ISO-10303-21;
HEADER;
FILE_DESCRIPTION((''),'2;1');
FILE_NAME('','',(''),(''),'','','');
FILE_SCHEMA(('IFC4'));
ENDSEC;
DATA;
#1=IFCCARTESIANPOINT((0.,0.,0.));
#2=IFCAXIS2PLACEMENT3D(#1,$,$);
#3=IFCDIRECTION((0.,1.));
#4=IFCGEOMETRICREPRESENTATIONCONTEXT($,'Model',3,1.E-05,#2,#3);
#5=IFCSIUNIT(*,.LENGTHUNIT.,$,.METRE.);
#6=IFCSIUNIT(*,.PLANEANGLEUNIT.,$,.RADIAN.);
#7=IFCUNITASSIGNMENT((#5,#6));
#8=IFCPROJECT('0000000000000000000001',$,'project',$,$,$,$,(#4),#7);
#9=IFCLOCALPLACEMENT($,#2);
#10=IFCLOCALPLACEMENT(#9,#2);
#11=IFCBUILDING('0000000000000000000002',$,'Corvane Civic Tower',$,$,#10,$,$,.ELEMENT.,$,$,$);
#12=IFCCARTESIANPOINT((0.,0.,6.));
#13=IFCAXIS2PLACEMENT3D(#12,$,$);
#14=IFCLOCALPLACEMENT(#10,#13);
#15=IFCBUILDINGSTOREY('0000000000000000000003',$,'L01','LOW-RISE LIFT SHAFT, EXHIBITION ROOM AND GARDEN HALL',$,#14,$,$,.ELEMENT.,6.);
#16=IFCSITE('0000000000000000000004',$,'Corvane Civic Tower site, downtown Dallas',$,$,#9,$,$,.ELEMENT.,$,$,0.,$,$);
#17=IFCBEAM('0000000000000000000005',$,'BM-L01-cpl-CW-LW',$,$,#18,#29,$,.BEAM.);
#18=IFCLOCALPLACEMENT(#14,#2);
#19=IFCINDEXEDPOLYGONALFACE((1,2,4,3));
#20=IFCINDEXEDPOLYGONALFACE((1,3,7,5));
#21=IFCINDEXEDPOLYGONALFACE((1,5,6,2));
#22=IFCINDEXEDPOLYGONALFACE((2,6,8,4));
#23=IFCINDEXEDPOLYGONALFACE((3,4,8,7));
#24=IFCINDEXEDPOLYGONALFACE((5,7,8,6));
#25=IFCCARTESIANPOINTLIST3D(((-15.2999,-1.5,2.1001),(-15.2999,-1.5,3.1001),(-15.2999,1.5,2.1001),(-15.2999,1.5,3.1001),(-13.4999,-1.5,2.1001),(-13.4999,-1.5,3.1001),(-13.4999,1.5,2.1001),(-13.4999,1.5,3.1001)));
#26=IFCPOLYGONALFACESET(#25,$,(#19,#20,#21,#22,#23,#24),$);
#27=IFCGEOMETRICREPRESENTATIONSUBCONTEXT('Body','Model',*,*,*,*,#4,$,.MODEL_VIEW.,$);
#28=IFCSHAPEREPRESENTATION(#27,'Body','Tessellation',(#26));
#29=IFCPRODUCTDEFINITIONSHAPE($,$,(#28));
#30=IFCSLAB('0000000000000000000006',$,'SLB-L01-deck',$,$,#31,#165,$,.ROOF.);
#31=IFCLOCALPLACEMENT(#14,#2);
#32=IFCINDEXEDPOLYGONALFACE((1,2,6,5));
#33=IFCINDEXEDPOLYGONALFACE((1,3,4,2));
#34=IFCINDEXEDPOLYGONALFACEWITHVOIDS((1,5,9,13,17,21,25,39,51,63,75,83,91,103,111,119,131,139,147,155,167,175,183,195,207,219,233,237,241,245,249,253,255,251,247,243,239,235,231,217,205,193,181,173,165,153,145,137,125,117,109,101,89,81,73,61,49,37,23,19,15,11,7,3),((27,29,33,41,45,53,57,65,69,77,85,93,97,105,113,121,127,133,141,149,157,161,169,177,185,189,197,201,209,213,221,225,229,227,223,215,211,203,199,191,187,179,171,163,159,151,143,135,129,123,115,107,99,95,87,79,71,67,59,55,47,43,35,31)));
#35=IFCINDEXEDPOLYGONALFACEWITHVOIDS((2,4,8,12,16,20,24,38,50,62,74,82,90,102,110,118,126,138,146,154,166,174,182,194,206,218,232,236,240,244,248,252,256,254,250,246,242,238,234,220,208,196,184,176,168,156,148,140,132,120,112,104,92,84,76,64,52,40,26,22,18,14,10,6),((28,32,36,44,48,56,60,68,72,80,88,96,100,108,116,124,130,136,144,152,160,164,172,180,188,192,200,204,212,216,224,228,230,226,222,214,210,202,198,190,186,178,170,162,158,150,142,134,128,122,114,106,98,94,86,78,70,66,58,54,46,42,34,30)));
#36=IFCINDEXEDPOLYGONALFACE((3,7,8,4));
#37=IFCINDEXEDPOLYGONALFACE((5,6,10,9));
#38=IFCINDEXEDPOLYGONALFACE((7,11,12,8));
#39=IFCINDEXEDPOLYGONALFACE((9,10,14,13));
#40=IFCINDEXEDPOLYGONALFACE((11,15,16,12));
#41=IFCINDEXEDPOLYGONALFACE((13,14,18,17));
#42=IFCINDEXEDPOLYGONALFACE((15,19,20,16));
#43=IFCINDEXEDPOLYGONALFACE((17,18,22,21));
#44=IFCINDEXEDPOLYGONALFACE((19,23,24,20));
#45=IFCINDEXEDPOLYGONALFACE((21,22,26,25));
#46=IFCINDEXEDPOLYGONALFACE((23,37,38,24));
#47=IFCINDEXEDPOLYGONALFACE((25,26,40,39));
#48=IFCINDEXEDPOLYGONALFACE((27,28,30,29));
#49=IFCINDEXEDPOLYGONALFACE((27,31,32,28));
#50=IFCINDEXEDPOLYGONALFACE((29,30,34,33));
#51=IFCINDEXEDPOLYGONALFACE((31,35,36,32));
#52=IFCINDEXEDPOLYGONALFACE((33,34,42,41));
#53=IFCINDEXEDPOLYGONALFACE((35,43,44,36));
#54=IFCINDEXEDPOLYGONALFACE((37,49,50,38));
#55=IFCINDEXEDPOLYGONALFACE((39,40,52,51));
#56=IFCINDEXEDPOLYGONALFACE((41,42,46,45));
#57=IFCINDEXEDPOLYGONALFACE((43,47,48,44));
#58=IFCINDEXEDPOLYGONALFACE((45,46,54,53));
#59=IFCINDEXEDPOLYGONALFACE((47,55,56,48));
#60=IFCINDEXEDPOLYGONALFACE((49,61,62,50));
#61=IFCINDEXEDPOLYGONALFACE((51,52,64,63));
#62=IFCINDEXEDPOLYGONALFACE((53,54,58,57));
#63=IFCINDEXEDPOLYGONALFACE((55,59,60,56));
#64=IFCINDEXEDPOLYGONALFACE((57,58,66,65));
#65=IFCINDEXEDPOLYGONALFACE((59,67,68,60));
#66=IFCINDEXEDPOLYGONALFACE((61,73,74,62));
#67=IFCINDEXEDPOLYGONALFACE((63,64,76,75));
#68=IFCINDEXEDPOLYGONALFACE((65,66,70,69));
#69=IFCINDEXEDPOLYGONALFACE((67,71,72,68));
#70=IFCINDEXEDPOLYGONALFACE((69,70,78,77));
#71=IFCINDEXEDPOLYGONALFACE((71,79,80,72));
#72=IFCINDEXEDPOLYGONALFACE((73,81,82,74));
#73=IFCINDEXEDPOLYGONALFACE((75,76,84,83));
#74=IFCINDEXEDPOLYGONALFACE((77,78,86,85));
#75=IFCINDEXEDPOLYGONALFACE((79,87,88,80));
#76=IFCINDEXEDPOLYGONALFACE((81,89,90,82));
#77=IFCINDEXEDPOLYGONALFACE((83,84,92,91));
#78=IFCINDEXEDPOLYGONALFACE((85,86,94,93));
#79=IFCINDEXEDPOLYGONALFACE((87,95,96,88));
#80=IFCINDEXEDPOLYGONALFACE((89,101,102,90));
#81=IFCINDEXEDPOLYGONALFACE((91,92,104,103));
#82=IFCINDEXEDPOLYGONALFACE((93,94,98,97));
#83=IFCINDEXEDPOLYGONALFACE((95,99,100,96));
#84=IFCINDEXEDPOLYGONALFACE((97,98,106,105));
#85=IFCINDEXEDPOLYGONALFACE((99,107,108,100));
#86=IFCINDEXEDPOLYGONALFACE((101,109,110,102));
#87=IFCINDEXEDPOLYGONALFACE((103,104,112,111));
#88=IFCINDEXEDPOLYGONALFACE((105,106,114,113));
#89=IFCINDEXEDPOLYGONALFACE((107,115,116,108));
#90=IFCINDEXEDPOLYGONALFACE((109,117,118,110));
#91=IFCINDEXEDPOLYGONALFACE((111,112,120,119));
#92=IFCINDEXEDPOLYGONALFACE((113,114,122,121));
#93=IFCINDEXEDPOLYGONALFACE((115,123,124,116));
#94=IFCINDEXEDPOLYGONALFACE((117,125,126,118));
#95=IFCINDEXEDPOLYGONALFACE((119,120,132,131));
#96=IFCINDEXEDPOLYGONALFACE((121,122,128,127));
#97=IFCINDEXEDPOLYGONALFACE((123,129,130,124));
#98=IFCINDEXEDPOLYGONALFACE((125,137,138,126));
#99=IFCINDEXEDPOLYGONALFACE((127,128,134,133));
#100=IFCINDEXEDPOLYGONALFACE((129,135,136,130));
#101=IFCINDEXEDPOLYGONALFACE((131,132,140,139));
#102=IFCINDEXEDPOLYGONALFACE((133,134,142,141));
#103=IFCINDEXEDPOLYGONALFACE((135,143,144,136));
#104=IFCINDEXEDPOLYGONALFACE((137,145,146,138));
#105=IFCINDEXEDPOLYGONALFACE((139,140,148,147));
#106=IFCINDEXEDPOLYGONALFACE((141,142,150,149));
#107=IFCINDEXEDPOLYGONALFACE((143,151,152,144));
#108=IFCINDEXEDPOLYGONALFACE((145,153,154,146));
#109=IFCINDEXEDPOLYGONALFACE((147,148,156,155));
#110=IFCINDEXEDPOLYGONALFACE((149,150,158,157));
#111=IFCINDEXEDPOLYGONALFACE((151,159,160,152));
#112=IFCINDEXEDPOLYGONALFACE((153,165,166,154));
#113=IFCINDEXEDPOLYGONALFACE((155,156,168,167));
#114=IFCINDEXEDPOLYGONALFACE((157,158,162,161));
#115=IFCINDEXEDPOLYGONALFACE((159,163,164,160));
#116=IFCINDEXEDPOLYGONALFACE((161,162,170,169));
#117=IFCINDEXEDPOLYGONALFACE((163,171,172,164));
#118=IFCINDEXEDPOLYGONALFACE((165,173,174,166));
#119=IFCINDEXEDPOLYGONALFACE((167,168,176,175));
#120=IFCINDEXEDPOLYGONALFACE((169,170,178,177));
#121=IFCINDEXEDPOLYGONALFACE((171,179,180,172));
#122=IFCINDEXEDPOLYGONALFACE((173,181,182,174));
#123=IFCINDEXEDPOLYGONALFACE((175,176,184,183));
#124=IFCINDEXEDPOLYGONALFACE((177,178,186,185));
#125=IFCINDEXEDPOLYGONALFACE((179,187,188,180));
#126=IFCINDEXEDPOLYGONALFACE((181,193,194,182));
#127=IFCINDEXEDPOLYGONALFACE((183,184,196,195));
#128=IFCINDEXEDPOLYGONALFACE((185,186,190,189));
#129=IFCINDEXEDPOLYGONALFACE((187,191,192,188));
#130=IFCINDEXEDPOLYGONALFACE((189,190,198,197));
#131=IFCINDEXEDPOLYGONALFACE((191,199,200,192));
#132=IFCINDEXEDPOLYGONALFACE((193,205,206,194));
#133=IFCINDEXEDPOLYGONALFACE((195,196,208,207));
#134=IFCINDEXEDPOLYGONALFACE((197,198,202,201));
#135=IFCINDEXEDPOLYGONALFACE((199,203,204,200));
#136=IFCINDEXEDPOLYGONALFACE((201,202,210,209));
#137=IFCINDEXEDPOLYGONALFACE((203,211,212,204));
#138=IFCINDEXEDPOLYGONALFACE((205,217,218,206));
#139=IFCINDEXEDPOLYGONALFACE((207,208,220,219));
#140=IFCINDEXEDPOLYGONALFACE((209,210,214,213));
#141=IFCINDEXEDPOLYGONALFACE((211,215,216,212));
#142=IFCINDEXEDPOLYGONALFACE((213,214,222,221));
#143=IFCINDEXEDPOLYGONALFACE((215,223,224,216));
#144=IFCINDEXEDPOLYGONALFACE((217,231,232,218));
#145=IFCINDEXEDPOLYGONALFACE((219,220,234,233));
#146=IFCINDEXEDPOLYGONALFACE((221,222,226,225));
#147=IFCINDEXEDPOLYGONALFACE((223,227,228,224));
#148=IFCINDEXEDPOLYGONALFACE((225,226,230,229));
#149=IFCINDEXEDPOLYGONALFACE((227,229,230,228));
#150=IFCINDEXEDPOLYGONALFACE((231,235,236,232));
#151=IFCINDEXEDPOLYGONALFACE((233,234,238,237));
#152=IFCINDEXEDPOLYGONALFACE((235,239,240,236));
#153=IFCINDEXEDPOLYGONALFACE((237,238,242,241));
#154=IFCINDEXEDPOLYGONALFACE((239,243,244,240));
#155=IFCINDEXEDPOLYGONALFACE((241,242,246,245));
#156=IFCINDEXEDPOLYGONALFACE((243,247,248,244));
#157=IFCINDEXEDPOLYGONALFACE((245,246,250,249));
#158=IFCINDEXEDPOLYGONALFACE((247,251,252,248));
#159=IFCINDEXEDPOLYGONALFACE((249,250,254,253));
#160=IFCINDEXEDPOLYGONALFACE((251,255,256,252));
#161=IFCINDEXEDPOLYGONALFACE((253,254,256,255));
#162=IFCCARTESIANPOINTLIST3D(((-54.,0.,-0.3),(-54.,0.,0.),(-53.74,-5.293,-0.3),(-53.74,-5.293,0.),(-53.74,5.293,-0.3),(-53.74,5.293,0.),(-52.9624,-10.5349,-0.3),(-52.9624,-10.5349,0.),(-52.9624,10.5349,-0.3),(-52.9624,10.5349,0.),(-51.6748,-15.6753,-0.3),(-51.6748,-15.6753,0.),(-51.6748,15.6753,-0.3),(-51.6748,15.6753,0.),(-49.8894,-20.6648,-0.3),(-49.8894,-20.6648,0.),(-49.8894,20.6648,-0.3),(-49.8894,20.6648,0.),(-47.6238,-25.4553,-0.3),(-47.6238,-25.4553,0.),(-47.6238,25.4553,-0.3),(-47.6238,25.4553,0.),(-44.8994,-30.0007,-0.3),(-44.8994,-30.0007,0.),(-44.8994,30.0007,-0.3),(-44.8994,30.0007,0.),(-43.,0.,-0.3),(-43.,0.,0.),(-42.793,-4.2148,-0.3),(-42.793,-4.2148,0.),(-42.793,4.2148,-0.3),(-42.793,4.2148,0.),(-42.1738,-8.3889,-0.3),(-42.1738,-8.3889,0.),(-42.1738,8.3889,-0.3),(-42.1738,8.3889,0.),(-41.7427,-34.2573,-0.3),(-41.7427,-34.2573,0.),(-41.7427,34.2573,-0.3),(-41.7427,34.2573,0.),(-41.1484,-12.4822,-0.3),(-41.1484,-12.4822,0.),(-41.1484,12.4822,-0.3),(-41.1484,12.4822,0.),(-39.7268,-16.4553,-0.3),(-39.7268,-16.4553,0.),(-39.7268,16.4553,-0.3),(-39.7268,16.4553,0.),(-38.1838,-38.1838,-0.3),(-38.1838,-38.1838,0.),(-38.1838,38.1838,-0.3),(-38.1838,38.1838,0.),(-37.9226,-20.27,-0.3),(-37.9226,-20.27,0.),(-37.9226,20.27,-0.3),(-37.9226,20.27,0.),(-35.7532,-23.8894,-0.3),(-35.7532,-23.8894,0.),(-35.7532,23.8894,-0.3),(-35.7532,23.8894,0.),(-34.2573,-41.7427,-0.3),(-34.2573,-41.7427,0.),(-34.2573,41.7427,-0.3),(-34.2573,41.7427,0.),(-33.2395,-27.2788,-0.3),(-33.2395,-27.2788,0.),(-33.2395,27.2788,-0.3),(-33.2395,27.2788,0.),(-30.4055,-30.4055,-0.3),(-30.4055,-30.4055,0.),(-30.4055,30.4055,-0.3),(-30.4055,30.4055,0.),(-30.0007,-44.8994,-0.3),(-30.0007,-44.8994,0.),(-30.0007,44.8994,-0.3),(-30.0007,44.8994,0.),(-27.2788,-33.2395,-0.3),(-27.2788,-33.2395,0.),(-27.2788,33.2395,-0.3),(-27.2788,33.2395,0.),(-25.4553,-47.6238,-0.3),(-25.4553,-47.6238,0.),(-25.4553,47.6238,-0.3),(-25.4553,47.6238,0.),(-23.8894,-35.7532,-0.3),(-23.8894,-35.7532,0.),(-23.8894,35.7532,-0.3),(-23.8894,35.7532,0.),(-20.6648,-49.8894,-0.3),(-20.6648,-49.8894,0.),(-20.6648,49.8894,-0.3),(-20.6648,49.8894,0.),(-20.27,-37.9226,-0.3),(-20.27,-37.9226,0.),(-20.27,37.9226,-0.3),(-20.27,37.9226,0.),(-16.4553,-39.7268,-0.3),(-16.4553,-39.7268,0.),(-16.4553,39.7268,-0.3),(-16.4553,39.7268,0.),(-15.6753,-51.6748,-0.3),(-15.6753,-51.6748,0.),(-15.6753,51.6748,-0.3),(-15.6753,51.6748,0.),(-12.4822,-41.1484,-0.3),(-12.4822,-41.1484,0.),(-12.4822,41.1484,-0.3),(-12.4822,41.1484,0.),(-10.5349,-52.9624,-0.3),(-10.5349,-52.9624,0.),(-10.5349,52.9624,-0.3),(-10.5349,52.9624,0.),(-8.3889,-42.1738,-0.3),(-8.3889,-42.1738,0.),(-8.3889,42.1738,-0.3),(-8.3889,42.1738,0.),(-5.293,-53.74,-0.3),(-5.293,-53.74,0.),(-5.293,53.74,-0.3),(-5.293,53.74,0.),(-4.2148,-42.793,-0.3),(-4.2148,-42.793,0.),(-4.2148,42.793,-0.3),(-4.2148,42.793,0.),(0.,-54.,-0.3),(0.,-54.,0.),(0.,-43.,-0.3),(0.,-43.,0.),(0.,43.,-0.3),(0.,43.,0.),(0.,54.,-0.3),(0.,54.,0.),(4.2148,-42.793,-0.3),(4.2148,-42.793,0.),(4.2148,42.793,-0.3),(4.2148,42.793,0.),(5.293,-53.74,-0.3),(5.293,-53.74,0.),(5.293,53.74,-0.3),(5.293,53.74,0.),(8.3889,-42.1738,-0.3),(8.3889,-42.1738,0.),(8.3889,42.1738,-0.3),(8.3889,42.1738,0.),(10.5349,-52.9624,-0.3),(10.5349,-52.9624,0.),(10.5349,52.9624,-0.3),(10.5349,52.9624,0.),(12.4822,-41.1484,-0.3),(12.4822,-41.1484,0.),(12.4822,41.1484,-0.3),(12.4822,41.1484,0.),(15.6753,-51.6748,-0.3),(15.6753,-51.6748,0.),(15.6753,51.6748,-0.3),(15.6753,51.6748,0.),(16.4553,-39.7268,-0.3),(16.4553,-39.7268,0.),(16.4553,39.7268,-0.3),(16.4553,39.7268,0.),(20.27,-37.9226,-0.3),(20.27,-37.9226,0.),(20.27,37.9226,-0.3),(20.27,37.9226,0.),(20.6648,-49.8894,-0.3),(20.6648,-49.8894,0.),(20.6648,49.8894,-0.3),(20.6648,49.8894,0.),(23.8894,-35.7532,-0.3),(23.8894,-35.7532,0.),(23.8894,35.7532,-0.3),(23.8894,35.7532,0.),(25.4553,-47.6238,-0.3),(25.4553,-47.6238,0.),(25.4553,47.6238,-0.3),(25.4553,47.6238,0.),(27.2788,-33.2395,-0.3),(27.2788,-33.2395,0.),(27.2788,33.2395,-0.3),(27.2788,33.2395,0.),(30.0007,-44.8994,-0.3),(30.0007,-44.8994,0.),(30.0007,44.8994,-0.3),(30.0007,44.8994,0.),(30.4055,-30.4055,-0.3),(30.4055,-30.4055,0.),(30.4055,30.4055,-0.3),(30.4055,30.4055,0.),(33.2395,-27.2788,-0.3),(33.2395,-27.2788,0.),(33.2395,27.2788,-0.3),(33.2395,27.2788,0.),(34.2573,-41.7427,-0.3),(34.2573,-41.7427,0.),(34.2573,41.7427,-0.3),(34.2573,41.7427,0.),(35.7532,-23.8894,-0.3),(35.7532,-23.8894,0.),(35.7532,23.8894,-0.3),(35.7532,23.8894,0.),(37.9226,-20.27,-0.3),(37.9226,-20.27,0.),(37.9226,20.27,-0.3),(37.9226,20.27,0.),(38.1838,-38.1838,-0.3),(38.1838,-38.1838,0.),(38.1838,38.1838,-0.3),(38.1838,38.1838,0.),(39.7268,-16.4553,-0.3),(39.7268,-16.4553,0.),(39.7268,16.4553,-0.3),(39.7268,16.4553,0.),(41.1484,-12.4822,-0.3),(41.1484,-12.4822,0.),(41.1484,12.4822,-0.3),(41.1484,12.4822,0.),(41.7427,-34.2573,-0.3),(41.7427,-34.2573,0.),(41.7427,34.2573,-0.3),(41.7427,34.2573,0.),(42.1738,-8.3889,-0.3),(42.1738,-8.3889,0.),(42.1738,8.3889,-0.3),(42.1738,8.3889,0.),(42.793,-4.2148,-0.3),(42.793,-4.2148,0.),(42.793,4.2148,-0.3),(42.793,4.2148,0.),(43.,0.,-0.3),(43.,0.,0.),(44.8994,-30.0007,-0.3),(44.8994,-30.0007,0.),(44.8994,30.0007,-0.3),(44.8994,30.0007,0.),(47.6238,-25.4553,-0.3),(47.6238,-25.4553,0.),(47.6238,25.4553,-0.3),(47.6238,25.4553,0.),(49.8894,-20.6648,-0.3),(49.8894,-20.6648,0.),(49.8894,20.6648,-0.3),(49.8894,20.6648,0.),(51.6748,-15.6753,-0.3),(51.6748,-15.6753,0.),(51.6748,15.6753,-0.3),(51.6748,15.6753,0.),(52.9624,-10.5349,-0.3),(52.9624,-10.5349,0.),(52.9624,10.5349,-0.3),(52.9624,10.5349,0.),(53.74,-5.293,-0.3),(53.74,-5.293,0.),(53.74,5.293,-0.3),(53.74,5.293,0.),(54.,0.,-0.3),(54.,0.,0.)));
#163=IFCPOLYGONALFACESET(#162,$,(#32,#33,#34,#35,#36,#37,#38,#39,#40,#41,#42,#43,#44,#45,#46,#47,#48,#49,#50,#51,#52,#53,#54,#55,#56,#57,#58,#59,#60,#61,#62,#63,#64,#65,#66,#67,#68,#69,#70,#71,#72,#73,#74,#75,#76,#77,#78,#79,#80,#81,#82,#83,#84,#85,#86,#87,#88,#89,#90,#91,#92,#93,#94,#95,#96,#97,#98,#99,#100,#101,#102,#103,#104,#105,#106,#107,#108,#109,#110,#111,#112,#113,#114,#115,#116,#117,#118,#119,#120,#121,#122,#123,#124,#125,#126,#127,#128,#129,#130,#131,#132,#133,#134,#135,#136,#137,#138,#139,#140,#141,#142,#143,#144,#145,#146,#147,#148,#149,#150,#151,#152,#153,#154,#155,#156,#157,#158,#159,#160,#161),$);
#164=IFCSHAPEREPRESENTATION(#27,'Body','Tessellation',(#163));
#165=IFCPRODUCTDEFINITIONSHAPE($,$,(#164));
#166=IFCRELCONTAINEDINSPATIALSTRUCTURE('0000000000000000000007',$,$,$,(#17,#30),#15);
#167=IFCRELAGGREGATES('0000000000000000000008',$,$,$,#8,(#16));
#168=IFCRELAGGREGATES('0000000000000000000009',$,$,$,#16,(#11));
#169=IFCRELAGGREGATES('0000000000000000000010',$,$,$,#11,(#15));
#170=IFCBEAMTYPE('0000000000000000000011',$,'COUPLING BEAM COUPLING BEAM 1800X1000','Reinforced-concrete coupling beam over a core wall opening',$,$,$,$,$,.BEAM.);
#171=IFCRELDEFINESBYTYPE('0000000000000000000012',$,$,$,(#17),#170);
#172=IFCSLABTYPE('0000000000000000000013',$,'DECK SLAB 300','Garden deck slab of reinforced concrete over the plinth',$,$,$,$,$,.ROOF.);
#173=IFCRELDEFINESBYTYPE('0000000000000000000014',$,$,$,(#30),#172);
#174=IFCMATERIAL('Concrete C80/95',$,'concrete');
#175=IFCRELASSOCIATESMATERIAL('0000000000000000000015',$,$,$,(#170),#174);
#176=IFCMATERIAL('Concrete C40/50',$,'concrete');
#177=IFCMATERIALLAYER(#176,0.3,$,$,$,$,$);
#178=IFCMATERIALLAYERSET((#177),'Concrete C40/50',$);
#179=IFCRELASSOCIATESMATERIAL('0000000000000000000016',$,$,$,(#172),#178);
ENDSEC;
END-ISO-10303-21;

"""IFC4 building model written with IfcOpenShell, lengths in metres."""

from ifc_helpers import new_model, si_unit, direction, frame, origin, origin_2d, place, context, subcontext, project, spatial, polyline, rectangle, outline, extrude, material, layer, layer_set, material_profile, profile_set, type_object, element, save


model = new_model("IFC4")

# Units and contexts
model_context = context("Model", 3, precision=1e-05, world=origin(), true_north=direction((0.0, 1.0)))
body_context = subcontext(model_context, "Body", "Model", "MODEL_VIEW")
ifc_project = project(units=[si_unit("LENGTHUNIT", "METRE"), si_unit("PLANEANGLEUNIT", "RADIAN")], contexts=[model_context])

# Site, building, storey
site_placement = place(None, origin())
site = spatial("IfcSite", under=ifc_project, at=site_placement, Name="Corvane Civic Tower site, downtown Dallas", CompositionType="ELEMENT", RefElevation=0.0)
building_placement = place(site_placement, origin())
building = spatial("IfcBuilding", under=site, at=building_placement, Name="Corvane Civic Tower", CompositionType="ELEMENT")
storey_placement = place(building_placement, frame((0.0, 0.0, 6.0)))
storey = spatial("IfcBuildingStorey", under=building, at=storey_placement, Name="L01", Description="LOW-RISE LIFT SHAFT, EXHIBITION ROOM AND GARDEN HALL", CompositionType="ELEMENT", Elevation=6.0)

# Beam
ifc_material_1 = material(Name="Concrete C80/95", Category="concrete")
ifc_material_profile = material_profile(ifc_material_1, rectangle(XDim=1.8, YDim=1.0, at=origin_2d()), Name="COUPLING BEAM 1800X1000")
ifc_profile_set = profile_set([ifc_material_profile], Name="Concrete C80/95")
beam_type = type_object("IfcBeamType", Name="COUPLING BEAM COUPLING BEAM 1800X1000", Description="Reinforced-concrete coupling beam over a core wall opening", PredefinedType="BEAM", material=ifc_profile_set)
beam_placement = place(storey_placement, frame((-14.3999, -1.5, 2.6001), z_axis=(0.0, 1.0, 0.0), x_axis=(-1.0, 0.0, 0.0)))
element("IfcBeam", 1, at=beam_placement, inside=storey, type_object=beam_type, Name="BM-L01-cpl-CW-LW", PredefinedType="BEAM", context=body_context, shape_type="SweptSolid", body=[
    extrude(rectangle(XDim=1.8, YDim=1.0, at=origin_2d()), origin(), (0.0, 0.0, 1.0), 3.0),
])

# Slab
ifc_material_2 = material(Name="Concrete C40/50", Category="concrete")
ifc_layer_1 = layer(ifc_material_2, 0.3)
ifc_layer_set_1 = layer_set([ifc_layer_1], Name="Concrete C40/50")
slab_type_1 = type_object("IfcSlabType", Name="DECK SLAB 300", Description="Garden deck slab of reinforced concrete over the plinth", PredefinedType="ROOF", material=ifc_layer_set_1)
slab_1_placement = place(storey_placement, frame((0.0, 0.0, -0.3)))
element("IfcSlab", 2, at=slab_1_placement, inside=storey, type_object=slab_type_1, Name="SLB-L01-deck", PredefinedType="ROOF", context=body_context, shape_type="SweptSolid", body=[
    extrude(outline(polyline([(0.0, 54.0), (-5.293, 53.74), (-10.5349, 52.9624), (-15.6753, 51.6748), (-20.6648, 49.8894), (-25.4553, 47.6238), (-30.0007, 44.8994), (-34.2573, 41.7427), (-38.1838, 38.1838), (-41.7427, 34.2573), (-44.8994, 30.0007), (-47.6238, 25.4553), (-49.8894, 20.6648), (-51.6748, 15.6753), (-52.9624, 10.5349), (-53.74, 5.293), (-54.0, 0.0), (-53.74, -5.293), (-52.9624, -10.5349), (-51.6748, -15.6753), (-49.8894, -20.6648), (-47.6238, -25.4553), (-44.8994, -30.0007), (-41.7427, -34.2573), (-38.1838, -38.1838), (-34.2573, -41.7427), (-30.0007, -44.8994), (-25.4553, -47.6238), (-20.6648, -49.8894), (-15.6753, -51.6748), (-10.5349, -52.9624), (-5.293, -53.74), (0.0, -54.0), (5.293, -53.74), (10.5349, -52.9624), (15.6753, -51.6748), (20.6648, -49.8894), (25.4553, -47.6238), (30.0007, -44.8994), (34.2573, -41.7427), (38.1838, -38.1838), (41.7427, -34.2573), (44.8994, -30.0007), (47.6238, -25.4553), (49.8894, -20.6648), (51.6748, -15.6753), (52.9624, -10.5349), (53.74, -5.293), (54.0, 0.0), (53.74, 5.293), (52.9624, 10.5349), (51.6748, 15.6753), (49.8894, 20.6648), (47.6238, 25.4553), (44.8994, 30.0007), (41.7427, 34.2573), (38.1838, 38.1838), (34.2573, 41.7427), (30.0007, 44.8994), (25.4553, 47.6238), (20.6648, 49.8894), (15.6753, 51.6748), (10.5349, 52.9624), (5.293, 53.74), (0.0, 54.0)]), holes=[polyline([(0.0, 43.0), (-4.2148, 42.793), (-8.3889, 42.1738), (-12.4822, 41.1484), (-16.4553, 39.7268), (-20.27, 37.9226), (-23.8894, 35.7532), (-27.2788, 33.2395), (-30.4055, 30.4055), (-33.2395, 27.2788), (-35.7532, 23.8894), (-37.9226, 20.27), (-39.7268, 16.4553), (-41.1484, 12.4822), (-42.1738, 8.3889), (-42.793, 4.2148), (-43.0, 0.0), (-42.793, -4.2148), (-42.1738, -8.3889), (-41.1484, -12.4822), (-39.7268, -16.4553), (-37.9226, -20.27), (-35.7532, -23.8894), (-33.2395, -27.2788), (-30.4055, -30.4055), (-27.2788, -33.2395), (-23.8894, -35.7532), (-20.27, -37.9226), (-16.4553, -39.7268), (-12.4822, -41.1484), (-8.3889, -42.1738), (-4.2148, -42.793), (0.0, -43.0), (4.2148, -42.793), (8.3889, -42.1738), (12.4822, -41.1484), (16.4553, -39.7268), (20.27, -37.9226), (23.8894, -35.7532), (27.2788, -33.2395), (30.4055, -30.4055), (33.2395, -27.2788), (35.7532, -23.8894), (37.9226, -20.27), (39.7268, -16.4553), (41.1484, -12.4822), (42.1738, -8.3889), (42.793, -4.2148), (43.0, 0.0), (42.793, 4.2148), (42.1738, 8.3889), (41.1484, 12.4822), (39.7268, 16.4553), (37.9226, 20.27), (35.7532, 23.8894), (33.2395, 27.2788), (30.4055, 30.4055), (27.2788, 33.2395), (23.8894, 35.7532), (20.27, 37.9226), (16.4553, 39.7268), (12.4822, 41.1484), (8.3889, 42.1738), (4.2148, 42.793), (0.0, 43.0)])]), origin(), (0.0, 0.0, 1.0), 0.3),
])

save(model, "model.ifc")
